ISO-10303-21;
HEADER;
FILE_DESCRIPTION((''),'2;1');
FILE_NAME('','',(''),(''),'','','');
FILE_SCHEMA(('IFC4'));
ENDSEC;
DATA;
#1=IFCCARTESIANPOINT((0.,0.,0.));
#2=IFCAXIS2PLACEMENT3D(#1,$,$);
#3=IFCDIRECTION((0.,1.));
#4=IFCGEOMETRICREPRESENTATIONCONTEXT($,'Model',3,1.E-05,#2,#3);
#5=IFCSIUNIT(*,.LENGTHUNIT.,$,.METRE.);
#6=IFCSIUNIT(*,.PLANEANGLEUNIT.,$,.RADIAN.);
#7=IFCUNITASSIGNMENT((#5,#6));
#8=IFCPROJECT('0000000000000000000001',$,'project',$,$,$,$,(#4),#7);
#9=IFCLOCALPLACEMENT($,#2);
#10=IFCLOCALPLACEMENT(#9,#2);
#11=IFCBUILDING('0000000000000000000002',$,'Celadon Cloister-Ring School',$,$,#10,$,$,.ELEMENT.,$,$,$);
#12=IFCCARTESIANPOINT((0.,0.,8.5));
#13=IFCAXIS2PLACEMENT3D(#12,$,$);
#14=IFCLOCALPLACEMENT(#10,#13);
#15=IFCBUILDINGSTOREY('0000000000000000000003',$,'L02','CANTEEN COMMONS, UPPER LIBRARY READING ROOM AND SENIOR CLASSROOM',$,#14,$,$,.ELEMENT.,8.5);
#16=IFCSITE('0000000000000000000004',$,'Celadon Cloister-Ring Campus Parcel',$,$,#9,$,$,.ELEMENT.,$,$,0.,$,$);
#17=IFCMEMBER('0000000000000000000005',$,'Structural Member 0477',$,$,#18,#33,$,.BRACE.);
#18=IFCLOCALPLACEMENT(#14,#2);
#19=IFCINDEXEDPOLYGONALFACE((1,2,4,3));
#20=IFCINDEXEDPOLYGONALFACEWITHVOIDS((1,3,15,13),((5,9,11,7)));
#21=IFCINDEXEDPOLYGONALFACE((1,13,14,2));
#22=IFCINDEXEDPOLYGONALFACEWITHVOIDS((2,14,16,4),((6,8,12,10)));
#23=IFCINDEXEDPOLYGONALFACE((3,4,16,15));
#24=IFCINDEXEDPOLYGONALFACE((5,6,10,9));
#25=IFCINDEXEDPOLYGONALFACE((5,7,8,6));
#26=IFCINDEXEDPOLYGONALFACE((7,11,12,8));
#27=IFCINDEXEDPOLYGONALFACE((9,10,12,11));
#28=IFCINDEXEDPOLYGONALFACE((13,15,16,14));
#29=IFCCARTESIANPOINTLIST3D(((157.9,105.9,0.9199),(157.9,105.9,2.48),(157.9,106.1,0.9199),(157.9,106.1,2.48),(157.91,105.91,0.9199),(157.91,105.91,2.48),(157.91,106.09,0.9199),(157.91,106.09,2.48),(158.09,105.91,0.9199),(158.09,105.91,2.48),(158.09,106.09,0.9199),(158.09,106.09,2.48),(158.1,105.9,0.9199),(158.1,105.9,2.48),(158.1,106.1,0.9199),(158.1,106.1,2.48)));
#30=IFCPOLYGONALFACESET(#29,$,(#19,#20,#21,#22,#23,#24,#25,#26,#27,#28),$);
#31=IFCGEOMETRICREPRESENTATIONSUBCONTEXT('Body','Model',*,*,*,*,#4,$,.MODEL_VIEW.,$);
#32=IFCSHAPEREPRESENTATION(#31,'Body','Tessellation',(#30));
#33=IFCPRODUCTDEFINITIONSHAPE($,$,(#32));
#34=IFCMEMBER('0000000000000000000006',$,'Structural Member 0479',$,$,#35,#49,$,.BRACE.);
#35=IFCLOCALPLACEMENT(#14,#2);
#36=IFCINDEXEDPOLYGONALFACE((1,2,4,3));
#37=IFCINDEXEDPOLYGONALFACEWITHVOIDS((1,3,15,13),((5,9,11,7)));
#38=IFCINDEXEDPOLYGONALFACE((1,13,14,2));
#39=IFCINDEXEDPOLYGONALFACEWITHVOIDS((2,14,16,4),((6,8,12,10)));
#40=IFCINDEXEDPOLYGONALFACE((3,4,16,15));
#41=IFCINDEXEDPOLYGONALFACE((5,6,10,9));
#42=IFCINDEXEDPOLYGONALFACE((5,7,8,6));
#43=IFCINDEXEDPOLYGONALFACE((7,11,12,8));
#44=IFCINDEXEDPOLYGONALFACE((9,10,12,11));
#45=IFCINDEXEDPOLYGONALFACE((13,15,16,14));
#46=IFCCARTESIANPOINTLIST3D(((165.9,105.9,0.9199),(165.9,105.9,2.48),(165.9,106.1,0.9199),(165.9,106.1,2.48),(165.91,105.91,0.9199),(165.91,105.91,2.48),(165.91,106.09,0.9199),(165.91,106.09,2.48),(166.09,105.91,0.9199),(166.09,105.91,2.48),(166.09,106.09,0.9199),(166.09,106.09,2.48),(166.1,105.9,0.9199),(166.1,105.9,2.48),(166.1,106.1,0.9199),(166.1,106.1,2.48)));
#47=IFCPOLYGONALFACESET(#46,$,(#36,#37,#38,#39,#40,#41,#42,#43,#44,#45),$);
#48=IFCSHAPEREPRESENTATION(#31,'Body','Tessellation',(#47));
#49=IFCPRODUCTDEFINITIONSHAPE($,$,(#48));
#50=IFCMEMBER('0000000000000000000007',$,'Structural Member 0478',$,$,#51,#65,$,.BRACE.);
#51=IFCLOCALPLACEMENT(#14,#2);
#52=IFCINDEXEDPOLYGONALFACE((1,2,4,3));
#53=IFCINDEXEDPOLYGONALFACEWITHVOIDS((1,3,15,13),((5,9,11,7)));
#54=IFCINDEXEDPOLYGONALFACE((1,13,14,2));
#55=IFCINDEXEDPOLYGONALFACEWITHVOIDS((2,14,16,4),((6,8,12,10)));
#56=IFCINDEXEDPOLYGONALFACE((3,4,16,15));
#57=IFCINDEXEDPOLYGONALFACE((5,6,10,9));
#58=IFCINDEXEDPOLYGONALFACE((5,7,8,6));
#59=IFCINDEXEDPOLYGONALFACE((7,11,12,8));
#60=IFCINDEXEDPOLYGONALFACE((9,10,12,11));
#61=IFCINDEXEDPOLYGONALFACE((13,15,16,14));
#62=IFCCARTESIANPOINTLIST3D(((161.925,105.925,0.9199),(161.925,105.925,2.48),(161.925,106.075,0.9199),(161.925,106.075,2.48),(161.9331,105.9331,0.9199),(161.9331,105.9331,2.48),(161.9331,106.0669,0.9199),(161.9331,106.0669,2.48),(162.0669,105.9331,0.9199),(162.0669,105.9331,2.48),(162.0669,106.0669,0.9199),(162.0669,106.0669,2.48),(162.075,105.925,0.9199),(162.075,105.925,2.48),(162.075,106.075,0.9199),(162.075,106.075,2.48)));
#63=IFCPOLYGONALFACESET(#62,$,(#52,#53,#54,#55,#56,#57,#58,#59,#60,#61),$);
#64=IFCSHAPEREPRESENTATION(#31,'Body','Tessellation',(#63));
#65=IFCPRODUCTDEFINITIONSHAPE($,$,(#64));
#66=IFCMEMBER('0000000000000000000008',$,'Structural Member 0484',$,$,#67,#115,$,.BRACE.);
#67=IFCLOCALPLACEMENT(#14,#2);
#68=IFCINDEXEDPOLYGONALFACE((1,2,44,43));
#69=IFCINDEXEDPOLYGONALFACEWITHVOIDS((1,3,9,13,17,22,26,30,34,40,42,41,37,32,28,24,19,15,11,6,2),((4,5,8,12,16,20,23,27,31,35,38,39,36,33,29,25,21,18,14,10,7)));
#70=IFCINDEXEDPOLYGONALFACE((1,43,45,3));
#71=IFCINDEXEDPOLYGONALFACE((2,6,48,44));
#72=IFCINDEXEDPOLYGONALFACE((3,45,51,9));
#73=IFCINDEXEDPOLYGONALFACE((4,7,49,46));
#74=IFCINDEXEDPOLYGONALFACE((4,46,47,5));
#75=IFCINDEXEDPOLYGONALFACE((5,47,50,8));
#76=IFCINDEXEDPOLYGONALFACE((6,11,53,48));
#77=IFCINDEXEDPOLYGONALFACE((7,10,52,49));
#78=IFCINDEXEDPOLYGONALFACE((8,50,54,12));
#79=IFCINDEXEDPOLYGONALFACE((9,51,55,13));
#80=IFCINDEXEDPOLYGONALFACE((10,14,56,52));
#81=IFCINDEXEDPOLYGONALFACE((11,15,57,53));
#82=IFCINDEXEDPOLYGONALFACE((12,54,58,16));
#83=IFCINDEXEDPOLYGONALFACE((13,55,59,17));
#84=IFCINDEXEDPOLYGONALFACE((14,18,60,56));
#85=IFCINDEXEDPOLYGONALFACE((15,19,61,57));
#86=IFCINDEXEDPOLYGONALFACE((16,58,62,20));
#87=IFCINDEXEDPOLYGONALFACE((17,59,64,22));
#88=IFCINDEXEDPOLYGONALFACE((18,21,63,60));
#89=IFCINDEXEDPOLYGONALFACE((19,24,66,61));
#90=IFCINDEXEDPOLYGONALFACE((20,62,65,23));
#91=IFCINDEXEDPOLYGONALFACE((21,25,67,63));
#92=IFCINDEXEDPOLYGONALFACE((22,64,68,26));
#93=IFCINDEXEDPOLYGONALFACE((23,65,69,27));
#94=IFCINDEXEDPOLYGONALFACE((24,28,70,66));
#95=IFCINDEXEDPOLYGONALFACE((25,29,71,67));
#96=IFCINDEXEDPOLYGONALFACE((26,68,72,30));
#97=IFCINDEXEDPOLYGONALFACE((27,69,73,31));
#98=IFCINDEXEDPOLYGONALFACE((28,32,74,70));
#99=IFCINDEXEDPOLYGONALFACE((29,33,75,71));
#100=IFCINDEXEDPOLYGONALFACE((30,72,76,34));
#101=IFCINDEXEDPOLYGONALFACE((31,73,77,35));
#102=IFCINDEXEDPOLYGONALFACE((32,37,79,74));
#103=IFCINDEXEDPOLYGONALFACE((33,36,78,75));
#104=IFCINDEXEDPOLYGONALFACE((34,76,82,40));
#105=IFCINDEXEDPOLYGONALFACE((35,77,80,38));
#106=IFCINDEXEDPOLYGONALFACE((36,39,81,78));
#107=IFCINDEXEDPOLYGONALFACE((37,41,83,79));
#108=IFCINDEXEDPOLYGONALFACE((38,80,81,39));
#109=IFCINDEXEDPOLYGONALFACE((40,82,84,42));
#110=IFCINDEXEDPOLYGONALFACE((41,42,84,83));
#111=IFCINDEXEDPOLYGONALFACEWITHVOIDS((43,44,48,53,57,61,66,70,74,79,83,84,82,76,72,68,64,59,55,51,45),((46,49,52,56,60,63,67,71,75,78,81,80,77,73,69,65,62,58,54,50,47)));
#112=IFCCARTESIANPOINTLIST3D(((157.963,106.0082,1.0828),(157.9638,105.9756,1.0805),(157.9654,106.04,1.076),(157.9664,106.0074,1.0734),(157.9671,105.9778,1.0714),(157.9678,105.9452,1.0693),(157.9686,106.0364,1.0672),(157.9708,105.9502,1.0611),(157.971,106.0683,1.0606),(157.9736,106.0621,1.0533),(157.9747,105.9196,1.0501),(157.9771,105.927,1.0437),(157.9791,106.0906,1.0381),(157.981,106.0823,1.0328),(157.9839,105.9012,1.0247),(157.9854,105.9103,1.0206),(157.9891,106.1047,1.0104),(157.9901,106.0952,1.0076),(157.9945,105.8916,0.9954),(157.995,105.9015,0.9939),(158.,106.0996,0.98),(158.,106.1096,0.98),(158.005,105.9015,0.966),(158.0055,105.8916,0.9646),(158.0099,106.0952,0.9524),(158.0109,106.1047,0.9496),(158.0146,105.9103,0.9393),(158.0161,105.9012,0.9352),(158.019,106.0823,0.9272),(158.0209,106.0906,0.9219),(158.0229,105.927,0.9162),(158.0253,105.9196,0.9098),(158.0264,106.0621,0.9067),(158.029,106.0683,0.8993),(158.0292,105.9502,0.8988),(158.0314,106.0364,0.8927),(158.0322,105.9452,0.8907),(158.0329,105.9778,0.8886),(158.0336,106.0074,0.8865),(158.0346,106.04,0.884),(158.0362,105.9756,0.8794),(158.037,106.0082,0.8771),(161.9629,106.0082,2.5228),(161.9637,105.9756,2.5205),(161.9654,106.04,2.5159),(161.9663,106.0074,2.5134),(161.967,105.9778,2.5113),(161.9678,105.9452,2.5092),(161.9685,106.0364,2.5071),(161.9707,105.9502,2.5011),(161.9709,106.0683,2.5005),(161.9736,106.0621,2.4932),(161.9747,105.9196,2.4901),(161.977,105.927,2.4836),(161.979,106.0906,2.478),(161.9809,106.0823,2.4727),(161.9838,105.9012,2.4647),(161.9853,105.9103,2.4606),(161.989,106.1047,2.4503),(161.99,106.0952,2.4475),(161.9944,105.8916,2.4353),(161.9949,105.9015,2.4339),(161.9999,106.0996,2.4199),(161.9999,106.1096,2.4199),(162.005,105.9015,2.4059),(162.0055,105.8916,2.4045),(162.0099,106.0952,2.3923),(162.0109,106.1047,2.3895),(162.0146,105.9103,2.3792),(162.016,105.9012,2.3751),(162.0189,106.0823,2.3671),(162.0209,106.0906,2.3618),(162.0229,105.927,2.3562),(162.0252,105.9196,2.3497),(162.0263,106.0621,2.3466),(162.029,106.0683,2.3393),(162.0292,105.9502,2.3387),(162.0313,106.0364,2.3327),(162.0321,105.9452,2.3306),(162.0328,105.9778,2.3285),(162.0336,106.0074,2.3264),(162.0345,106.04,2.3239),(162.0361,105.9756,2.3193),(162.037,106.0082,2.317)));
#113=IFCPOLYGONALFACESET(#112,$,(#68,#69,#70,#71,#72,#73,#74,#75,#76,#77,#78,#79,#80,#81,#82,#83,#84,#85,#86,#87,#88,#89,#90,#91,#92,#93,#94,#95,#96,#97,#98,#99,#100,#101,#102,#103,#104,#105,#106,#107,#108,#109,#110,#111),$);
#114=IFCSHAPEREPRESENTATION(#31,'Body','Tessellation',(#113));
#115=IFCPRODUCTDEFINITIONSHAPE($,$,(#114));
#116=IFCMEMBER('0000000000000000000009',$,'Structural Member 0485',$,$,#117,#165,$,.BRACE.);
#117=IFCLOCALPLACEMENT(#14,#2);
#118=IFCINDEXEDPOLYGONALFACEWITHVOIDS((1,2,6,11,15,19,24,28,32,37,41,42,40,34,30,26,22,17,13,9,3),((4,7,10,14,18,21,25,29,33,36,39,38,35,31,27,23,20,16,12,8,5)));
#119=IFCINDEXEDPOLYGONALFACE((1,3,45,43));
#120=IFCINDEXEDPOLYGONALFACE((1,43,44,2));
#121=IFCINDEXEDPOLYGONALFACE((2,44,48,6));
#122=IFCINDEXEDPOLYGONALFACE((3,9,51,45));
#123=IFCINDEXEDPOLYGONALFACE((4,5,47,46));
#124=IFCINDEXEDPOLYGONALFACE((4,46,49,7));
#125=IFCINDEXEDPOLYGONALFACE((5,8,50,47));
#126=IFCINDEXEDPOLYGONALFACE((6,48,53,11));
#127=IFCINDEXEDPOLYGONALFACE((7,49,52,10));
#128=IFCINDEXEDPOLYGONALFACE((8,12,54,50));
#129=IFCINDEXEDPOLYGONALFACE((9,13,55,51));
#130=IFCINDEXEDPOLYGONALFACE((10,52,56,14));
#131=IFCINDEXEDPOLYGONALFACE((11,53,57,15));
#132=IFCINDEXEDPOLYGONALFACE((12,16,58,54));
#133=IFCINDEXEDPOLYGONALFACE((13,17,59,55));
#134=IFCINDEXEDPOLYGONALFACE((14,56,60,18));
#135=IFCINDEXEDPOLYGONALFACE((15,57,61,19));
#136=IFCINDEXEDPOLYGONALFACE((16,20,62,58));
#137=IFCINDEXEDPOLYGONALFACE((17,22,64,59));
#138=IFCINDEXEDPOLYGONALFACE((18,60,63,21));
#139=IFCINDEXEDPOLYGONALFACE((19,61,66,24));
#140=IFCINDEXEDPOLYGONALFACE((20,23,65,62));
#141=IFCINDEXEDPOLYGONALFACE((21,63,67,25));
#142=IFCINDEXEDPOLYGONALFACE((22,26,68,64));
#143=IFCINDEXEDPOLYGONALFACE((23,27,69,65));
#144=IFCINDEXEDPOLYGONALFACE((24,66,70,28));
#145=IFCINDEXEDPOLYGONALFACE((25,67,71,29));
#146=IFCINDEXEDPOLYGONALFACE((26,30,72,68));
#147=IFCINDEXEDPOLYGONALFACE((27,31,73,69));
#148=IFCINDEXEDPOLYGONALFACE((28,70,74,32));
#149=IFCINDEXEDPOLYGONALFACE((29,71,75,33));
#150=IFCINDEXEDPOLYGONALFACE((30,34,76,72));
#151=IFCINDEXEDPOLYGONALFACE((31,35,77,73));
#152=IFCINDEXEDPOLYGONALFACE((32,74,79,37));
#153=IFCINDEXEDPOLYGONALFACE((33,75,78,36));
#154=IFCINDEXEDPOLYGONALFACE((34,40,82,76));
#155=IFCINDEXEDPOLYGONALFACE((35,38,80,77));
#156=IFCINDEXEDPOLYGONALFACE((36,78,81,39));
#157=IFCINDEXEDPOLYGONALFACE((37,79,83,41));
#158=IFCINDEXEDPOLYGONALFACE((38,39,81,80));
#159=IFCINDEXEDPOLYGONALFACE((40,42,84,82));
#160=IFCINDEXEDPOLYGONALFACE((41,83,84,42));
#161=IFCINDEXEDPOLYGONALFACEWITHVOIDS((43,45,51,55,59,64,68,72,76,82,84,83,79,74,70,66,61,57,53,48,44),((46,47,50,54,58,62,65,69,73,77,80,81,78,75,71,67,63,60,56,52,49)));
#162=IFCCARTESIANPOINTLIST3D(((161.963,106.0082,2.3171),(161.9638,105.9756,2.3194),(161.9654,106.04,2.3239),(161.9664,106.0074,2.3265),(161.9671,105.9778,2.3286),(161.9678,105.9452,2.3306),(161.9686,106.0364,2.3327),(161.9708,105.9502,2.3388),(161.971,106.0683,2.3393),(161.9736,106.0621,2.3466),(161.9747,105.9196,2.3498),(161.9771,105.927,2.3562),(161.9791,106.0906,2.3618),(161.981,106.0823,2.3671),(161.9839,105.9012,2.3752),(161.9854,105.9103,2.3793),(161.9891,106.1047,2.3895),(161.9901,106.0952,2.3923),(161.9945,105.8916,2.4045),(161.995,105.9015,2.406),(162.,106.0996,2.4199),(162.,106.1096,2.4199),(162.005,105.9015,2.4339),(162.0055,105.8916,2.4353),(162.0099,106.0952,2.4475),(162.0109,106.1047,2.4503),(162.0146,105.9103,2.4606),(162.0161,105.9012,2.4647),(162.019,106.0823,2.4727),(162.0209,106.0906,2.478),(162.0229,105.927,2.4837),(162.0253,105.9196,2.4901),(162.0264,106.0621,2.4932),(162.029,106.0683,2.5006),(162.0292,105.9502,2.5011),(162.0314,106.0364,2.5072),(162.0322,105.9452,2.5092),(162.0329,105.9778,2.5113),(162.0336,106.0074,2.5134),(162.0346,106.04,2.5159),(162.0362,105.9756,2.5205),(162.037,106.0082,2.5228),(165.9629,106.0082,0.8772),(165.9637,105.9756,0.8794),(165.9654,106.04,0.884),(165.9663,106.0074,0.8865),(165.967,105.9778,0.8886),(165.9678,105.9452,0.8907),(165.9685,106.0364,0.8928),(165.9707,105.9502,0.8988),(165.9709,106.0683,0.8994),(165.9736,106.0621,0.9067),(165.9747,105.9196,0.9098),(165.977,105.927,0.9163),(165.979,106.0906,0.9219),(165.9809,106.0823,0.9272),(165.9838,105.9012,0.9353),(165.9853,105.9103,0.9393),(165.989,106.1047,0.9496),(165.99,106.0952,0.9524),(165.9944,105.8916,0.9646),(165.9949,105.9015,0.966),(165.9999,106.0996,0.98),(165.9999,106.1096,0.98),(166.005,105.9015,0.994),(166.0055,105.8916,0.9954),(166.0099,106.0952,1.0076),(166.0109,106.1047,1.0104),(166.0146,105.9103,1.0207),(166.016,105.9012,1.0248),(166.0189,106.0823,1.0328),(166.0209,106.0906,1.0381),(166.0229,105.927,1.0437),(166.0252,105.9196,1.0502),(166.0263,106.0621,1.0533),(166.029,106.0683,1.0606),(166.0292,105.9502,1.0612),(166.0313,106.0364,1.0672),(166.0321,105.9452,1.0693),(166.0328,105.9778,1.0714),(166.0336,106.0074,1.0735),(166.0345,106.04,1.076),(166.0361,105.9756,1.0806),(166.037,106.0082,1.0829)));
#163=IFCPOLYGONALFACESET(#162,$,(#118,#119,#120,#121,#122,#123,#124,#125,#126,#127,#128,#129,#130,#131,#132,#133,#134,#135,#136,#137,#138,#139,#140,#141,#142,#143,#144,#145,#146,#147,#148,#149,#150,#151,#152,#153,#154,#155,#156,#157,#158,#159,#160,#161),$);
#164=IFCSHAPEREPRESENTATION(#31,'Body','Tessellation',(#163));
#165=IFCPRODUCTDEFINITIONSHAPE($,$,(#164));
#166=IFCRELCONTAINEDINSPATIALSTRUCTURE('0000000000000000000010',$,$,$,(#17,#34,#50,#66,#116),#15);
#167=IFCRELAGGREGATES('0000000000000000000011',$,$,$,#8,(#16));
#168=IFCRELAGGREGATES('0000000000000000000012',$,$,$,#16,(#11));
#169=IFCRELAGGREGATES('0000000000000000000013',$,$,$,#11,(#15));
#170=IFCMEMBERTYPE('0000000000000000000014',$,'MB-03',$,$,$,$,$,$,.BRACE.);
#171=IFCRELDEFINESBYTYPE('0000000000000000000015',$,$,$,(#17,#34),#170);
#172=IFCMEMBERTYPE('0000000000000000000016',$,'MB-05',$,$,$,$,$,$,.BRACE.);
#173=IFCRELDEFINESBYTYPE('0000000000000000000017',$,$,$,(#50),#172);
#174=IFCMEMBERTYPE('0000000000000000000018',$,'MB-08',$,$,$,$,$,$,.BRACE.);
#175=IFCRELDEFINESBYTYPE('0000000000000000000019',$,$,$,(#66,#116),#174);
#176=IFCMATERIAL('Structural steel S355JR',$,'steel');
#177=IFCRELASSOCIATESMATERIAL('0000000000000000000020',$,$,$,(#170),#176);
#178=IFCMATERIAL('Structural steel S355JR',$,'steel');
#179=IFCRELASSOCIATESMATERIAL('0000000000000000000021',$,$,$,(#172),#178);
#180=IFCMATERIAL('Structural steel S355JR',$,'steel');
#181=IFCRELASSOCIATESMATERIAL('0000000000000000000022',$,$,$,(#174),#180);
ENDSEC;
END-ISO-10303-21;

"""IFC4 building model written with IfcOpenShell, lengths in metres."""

from ifc_helpers import new_model, si_unit, direction, frame, origin, origin_2d, place, context, subcontext, project, spatial, hollow_rectangle, hollow_circle, extrude, material, material_profile, profile_set, type_object, element, save


model = new_model("IFC4")

# Units and contexts
model_context = context("Model", 3, precision=1e-05, world=origin(), true_north=direction((0.0, 1.0)))
body_context = subcontext(model_context, "Body", "Model", "MODEL_VIEW")
ifc_project = project(units=[si_unit("LENGTHUNIT", "METRE"), si_unit("PLANEANGLEUNIT", "RADIAN")], contexts=[model_context])

# Site, building, storey
site_placement = place(None, origin())
site = spatial("IfcSite", under=ifc_project, at=site_placement, Name="Celadon Cloister-Ring Campus Parcel", CompositionType="ELEMENT", RefElevation=0.0)
building_placement = place(site_placement, origin())
building = spatial("IfcBuilding", under=site, at=building_placement, Name="Celadon Cloister-Ring School", CompositionType="ELEMENT")
storey_placement = place(building_placement, frame((0.0, 0.0, 8.5)))
storey = spatial("IfcBuildingStorey", under=building, at=storey_placement, Name="L02", Description="CANTEEN COMMONS, UPPER LIBRARY READING ROOM AND SENIOR CLASSROOM", CompositionType="ELEMENT", Elevation=8.5)

# Members
ifc_material_1 = material(Name="Structural steel S355JR", Category="steel")
ifc_material_profile_1 = material_profile(ifc_material_1, hollow_rectangle(XDim=0.2, YDim=0.2, WallThickness=0.01, at=origin_2d()), Name="HSS200X200X10")
ifc_profile_set_1 = profile_set([ifc_material_profile_1], Name="Structural steel S355JR")
member_type_1 = type_object("IfcMemberType", Name="MB-03", PredefinedType="BRACE", material=ifc_profile_set_1)
for number, where, z_axis, x_axis, name in (
    (1, (158.0, 106.0, 0.9199), (0.0, 0.0, 1.0), (1.0, 0.0, 0.0), "Structural Member 0477"),
    (2, (166.0, 106.0, 0.9199), (0.0, 0.0, 1.0), (1.0, 0.0, 0.0), "Structural Member 0479"),
):
    element("IfcMember", number, at=place(storey_placement, frame(where, z_axis=z_axis, x_axis=x_axis)), inside=storey, type_object=member_type_1, Name=name, PredefinedType="BRACE", context=body_context, shape_type="SweptSolid", body=[
        extrude(hollow_rectangle(XDim=0.2, YDim=0.2, WallThickness=0.01, at=origin_2d()), origin(), (0.0, 0.0, 1.0), 1.5601),
    ])
ifc_material_2 = material(Name="Structural steel S355JR", Category="steel")
ifc_material_profile_2 = material_profile(ifc_material_2, hollow_rectangle(XDim=0.1499, YDim=0.1499, WallThickness=0.0081, at=origin_2d()), Name="HSS150X150X8")
ifc_profile_set_2 = profile_set([ifc_material_profile_2], Name="Structural steel S355JR")
member_type_2 = type_object("IfcMemberType", Name="MB-05", PredefinedType="BRACE", material=ifc_profile_set_2)
member_placement = place(storey_placement, frame((162.0, 106.0, 0.9199), z_axis=(0.0, 0.0, 1.0), x_axis=(1.0, 0.0, 0.0)))
element("IfcMember", 3, at=member_placement, inside=storey, type_object=member_type_2, Name="Structural Member 0478", PredefinedType="BRACE", context=body_context, shape_type="SweptSolid", body=[
    extrude(hollow_rectangle(XDim=0.1499, YDim=0.1499, WallThickness=0.0081, at=origin_2d()), origin(), (0.0, 0.0, 1.0), 1.5601),
])
ifc_material_3 = material(Name="Structural steel S355JR", Category="steel")
ifc_material_profile_3 = material_profile(ifc_material_3, hollow_circle(Radius=0.1096, WallThickness=0.01, at=origin_2d()), Name="CHS219.1X10")
ifc_profile_set_3 = profile_set([ifc_material_profile_3], Name="Structural steel S355JR")
member_type_3 = type_object("IfcMemberType", Name="MB-08", PredefinedType="BRACE", material=ifc_profile_set_3)
for number, where, z_axis, x_axis, name in (
    (4, (158.0, 106.0, 0.98), (0.940892, 0.0, 0.338707), (0.0, 1.0, 0.0), "Structural Member 0484"),
    (5, (162.0, 106.0, 2.4199), (0.940892, 0.0, -0.338707), (0.0, 1.0, 0.0), "Structural Member 0485"),
):
    element("IfcMember", number, at=place(storey_placement, frame(where, z_axis=z_axis, x_axis=x_axis)), inside=storey, type_object=member_type_3, Name=name, PredefinedType="BRACE", context=body_context, shape_type="SweptSolid", body=[
        extrude(hollow_circle(Radius=0.1096, WallThickness=0.01, at=origin_2d()), origin(), (0.0, 0.0, 1.0), 4.2512),
    ])

save(model, "model.ifc")
